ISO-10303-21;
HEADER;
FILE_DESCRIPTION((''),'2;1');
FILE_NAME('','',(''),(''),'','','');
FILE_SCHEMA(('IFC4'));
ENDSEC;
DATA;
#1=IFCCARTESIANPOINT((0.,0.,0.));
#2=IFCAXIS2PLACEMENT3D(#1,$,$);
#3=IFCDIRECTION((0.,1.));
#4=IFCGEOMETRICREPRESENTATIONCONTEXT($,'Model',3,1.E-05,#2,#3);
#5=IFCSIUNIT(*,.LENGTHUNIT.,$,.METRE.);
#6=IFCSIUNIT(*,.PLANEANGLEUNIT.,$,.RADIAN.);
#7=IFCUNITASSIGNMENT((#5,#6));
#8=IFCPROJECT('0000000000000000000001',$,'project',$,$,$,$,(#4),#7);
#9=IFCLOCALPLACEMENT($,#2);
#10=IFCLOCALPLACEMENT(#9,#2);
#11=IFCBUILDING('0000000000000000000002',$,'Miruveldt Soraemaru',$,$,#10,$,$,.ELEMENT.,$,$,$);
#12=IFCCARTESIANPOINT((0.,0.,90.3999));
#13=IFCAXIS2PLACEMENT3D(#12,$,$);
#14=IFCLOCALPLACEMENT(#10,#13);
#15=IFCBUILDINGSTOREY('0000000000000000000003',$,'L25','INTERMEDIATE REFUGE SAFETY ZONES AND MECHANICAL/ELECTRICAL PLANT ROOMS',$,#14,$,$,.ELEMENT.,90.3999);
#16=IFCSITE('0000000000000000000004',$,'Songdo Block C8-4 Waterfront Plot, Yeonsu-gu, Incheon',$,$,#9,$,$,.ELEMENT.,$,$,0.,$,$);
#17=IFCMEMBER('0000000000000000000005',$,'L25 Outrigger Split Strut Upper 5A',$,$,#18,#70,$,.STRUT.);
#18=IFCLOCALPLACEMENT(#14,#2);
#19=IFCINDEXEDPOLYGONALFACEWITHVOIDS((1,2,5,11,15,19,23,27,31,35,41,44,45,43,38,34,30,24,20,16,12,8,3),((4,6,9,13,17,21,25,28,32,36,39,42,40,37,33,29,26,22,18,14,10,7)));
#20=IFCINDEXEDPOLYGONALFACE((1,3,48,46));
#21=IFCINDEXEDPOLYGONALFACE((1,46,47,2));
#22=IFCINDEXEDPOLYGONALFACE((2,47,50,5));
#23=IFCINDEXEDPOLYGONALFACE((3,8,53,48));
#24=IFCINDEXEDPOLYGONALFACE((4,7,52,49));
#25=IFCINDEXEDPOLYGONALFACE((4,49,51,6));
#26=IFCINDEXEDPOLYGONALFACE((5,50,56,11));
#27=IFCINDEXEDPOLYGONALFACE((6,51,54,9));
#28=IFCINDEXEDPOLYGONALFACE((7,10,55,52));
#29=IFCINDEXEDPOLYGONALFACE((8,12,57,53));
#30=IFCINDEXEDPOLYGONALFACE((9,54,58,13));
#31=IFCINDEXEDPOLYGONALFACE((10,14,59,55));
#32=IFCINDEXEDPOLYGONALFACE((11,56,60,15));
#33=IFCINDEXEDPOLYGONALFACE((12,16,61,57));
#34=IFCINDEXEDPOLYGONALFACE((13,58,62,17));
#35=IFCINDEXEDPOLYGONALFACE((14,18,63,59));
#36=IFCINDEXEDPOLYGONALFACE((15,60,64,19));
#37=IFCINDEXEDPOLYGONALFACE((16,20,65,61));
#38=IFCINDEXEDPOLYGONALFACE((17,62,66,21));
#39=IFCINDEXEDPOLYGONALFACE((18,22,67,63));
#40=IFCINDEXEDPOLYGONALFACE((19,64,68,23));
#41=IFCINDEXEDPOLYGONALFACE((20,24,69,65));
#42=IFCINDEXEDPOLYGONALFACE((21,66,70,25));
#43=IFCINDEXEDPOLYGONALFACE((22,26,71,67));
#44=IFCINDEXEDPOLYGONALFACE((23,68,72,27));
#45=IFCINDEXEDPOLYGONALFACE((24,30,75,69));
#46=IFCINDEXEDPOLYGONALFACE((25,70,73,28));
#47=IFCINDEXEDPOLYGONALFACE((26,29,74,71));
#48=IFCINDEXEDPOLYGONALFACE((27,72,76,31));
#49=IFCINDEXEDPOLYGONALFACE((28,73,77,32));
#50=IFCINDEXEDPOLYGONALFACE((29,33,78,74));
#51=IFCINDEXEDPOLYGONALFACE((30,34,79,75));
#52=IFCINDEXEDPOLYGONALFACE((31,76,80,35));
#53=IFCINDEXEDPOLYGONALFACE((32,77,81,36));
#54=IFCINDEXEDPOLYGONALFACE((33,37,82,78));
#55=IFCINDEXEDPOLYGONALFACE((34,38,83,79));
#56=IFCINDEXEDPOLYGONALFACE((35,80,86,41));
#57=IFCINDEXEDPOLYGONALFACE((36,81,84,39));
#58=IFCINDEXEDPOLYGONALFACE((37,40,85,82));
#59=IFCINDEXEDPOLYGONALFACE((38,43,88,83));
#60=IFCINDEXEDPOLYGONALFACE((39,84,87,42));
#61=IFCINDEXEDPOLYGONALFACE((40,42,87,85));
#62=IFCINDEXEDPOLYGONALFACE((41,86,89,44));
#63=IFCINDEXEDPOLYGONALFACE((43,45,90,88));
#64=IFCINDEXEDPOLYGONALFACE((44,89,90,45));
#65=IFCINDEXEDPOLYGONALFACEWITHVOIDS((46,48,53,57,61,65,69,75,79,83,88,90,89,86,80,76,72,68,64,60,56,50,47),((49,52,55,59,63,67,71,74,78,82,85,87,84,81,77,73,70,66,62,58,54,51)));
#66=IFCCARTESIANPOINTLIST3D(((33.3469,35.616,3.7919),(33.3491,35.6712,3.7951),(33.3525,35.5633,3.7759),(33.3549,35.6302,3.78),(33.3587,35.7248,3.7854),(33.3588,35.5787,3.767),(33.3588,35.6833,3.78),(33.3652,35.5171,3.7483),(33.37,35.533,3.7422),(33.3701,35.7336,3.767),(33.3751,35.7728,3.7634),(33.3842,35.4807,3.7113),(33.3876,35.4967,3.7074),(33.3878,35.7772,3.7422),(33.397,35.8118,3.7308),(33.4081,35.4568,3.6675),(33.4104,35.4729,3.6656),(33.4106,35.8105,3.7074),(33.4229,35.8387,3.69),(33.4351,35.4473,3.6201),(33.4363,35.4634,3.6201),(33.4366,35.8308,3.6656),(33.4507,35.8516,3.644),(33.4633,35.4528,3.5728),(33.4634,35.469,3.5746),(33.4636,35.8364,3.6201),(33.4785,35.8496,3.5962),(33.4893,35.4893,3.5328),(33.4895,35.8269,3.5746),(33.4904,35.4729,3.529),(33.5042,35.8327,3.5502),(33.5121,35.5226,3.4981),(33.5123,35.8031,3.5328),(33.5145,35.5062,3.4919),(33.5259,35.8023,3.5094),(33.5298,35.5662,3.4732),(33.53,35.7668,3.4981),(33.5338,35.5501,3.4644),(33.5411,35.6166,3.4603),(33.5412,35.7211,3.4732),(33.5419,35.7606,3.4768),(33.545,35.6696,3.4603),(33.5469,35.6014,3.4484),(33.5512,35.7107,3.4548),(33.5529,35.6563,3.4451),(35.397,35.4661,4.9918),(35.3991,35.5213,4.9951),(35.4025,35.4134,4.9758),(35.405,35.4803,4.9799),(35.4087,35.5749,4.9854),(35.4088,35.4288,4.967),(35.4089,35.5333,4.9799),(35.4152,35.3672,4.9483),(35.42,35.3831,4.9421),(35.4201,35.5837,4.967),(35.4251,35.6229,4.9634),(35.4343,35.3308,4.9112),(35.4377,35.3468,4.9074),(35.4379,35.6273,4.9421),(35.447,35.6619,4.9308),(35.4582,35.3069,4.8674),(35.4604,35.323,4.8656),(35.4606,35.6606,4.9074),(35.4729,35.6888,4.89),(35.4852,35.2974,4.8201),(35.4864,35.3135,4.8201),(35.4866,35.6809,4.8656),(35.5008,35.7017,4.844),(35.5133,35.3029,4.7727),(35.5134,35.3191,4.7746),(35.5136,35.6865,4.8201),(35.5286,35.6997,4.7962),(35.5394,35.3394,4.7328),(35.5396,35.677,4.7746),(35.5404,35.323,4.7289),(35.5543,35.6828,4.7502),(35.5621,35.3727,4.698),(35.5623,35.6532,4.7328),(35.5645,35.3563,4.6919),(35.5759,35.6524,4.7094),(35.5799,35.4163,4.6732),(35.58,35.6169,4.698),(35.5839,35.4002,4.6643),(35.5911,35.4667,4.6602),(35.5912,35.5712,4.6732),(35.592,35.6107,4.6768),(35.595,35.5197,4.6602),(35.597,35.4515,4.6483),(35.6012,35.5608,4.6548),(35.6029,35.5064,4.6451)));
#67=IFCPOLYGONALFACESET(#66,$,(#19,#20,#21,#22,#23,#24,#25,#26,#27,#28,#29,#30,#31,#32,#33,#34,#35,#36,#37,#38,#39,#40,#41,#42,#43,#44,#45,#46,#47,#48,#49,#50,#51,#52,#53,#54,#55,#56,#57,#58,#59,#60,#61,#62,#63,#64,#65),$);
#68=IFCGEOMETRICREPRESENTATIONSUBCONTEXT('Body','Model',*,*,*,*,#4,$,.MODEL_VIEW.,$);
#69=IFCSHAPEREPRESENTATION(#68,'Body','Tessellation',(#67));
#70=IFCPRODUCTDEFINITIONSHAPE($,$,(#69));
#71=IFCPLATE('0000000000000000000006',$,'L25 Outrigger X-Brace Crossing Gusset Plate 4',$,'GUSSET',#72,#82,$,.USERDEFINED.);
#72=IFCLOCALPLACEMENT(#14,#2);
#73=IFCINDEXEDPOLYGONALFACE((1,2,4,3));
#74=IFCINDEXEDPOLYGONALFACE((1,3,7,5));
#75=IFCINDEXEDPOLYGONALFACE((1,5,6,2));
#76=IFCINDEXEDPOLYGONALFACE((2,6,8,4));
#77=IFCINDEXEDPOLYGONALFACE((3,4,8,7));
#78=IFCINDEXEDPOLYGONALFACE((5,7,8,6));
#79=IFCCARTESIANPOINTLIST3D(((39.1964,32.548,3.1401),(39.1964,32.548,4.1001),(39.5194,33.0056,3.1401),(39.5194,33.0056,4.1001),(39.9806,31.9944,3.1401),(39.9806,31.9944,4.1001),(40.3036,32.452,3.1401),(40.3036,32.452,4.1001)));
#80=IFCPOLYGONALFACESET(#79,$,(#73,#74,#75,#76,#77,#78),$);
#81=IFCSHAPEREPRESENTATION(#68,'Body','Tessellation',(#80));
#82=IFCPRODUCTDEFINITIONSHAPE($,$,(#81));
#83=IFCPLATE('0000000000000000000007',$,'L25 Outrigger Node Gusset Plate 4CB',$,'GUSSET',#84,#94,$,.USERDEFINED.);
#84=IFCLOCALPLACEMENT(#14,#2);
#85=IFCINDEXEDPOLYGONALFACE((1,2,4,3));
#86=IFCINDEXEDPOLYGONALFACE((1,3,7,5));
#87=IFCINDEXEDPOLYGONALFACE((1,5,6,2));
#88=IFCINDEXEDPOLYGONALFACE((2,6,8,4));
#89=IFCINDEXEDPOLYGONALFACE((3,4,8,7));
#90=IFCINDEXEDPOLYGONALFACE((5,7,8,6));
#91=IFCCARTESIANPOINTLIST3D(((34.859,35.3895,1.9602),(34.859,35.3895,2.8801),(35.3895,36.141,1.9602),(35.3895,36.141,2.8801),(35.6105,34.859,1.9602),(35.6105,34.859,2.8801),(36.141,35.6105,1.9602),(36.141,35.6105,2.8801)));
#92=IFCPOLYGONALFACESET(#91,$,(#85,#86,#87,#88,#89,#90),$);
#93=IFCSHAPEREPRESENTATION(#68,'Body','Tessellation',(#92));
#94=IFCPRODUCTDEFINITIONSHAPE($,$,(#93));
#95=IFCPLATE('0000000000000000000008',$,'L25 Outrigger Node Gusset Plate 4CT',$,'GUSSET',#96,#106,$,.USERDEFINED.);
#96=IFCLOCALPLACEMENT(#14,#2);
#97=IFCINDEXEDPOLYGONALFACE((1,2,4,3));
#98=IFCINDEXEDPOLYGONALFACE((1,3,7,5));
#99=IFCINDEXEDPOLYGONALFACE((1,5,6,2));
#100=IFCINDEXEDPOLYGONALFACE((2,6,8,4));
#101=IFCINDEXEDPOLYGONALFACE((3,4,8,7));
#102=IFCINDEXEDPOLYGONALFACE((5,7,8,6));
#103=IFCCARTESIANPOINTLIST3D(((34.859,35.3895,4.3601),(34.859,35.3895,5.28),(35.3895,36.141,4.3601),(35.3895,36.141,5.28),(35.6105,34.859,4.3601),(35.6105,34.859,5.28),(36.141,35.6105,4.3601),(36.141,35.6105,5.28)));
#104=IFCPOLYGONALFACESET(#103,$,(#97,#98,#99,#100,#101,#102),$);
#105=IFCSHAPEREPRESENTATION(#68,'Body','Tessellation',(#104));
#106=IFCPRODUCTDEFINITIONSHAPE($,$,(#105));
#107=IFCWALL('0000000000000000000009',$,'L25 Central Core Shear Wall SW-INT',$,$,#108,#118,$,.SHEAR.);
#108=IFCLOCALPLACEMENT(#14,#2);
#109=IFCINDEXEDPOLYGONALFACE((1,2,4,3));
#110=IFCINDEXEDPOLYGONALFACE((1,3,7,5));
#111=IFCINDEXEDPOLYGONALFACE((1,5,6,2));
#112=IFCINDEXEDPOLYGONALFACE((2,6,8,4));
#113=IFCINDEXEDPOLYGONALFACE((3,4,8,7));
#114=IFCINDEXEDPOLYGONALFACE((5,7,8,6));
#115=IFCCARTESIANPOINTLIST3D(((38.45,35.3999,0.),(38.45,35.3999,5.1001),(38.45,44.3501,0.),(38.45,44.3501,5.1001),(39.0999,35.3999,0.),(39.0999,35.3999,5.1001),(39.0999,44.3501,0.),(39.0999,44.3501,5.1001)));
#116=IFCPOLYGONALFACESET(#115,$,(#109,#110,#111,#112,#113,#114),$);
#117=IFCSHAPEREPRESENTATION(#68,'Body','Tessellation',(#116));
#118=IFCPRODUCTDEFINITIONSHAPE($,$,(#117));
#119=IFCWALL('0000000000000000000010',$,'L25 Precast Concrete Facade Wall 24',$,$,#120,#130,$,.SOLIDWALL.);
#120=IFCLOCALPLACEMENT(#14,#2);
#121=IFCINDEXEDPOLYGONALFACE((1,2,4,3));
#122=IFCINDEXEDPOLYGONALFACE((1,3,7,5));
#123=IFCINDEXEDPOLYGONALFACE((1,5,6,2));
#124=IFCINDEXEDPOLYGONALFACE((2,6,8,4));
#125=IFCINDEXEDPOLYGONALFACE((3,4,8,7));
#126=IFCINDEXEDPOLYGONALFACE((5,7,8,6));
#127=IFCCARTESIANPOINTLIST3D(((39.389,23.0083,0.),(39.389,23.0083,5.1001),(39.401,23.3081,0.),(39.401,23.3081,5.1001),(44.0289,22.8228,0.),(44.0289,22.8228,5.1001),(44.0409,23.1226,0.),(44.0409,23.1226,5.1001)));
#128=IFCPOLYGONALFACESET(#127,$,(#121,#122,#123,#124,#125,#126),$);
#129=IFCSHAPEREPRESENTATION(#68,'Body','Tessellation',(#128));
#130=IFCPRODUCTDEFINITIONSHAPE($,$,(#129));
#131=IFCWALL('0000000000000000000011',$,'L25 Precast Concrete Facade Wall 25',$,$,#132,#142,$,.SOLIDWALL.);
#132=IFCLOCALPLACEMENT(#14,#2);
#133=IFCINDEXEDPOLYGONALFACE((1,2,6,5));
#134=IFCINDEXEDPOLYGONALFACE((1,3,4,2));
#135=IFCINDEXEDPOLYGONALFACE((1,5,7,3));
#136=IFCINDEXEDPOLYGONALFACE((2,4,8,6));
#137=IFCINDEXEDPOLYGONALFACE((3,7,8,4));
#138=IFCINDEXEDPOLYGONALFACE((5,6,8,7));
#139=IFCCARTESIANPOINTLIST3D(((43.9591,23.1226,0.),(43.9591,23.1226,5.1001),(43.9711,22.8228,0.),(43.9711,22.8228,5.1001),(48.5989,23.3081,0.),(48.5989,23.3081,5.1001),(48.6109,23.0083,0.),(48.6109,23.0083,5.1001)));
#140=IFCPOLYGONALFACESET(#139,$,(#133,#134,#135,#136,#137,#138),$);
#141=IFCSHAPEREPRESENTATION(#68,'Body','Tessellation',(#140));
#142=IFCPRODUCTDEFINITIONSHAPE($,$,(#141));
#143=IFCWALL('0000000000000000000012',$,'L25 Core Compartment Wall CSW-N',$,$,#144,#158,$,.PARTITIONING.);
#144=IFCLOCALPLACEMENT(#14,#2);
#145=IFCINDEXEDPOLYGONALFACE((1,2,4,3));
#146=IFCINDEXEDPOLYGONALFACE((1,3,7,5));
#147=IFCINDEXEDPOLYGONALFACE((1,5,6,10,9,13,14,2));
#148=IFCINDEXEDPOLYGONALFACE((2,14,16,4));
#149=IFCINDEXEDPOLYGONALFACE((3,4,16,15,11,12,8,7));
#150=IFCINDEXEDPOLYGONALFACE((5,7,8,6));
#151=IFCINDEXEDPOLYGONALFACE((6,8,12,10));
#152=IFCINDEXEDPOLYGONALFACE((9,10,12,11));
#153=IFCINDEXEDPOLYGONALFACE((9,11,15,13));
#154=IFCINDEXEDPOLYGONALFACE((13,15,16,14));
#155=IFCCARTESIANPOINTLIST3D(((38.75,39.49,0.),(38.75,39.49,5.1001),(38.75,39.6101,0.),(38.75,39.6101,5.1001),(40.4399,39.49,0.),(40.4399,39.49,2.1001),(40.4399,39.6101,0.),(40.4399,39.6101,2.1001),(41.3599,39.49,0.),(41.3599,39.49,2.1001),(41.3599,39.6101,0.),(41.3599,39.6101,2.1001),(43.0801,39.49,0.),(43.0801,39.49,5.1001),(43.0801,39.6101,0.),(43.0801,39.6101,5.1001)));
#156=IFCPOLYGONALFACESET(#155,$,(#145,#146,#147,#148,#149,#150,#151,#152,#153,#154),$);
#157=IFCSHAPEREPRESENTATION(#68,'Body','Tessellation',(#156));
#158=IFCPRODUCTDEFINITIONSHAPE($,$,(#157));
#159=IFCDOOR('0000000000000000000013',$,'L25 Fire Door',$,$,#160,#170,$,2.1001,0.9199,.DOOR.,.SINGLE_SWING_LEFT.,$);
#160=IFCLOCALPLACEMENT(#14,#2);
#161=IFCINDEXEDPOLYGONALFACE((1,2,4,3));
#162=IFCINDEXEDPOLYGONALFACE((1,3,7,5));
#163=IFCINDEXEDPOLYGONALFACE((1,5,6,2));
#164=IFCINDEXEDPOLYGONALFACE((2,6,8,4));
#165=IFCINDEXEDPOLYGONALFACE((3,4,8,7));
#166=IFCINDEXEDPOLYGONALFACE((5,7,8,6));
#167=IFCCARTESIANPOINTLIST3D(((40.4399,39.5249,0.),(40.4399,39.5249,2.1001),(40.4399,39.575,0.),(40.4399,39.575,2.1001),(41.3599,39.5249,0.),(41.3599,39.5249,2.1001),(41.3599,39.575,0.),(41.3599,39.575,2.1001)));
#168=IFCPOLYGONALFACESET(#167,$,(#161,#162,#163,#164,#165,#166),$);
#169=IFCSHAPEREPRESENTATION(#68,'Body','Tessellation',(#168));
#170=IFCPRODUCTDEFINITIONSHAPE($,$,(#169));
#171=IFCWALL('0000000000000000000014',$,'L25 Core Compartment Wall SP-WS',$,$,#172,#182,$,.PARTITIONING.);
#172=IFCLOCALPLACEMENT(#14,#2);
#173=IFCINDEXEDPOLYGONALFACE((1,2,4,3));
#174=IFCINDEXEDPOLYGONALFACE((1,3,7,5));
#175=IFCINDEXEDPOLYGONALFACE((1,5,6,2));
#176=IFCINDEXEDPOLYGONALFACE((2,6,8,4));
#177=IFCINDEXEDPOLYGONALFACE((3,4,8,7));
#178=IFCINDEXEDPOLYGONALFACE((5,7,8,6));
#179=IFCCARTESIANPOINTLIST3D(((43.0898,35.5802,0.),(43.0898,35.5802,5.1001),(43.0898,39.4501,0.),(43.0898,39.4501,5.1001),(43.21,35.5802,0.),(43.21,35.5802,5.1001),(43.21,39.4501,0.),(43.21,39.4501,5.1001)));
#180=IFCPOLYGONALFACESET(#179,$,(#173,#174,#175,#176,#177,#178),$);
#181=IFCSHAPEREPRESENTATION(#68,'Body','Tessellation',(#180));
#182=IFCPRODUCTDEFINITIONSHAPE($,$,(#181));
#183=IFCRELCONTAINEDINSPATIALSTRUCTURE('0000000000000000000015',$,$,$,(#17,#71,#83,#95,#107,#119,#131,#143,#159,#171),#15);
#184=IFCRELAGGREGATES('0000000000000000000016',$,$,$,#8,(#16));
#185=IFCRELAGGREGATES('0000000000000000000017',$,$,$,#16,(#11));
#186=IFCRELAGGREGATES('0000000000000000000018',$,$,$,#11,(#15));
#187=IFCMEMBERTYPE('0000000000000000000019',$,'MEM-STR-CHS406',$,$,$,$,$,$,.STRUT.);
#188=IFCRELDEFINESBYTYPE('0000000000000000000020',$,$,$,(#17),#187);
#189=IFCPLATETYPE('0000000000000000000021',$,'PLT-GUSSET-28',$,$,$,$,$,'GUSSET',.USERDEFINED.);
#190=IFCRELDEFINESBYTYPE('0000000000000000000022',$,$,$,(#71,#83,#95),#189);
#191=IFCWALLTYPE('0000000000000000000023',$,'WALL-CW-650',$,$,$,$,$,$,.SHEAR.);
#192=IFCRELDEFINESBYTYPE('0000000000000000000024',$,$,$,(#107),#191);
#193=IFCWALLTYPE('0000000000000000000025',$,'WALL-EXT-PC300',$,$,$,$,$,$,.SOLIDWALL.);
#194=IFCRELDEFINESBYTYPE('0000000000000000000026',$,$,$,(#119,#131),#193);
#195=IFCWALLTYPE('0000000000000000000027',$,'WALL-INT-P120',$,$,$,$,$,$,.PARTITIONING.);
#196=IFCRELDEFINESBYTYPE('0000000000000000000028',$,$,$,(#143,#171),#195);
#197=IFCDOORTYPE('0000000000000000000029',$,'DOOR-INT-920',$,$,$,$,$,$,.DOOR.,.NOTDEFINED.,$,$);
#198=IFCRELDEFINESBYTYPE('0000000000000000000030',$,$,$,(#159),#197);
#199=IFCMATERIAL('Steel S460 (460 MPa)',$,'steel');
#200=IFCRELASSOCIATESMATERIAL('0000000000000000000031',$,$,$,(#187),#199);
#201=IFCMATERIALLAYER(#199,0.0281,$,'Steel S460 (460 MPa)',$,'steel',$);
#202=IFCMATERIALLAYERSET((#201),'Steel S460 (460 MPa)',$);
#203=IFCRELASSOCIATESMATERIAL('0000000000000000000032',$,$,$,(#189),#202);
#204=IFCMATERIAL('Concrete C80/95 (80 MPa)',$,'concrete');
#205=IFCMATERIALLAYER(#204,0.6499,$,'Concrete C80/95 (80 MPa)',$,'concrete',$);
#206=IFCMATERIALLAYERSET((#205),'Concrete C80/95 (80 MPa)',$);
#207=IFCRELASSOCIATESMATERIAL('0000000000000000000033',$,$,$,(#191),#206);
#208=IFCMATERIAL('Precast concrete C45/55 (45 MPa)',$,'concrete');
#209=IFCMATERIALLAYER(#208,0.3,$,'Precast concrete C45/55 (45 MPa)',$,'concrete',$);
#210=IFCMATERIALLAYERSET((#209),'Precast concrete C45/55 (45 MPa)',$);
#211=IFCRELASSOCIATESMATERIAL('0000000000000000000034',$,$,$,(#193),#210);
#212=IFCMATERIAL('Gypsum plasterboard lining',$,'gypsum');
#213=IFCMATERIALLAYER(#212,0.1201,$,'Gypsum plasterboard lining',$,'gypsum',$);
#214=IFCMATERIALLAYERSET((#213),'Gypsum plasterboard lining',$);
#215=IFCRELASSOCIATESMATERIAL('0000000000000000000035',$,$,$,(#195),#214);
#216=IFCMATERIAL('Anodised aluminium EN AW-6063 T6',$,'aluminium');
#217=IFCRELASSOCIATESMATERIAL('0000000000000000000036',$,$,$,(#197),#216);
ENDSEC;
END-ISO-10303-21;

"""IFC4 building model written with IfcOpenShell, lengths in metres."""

from ifc_helpers import new_model, si_unit, direction, frame, frame_2d, origin, origin_2d, place, context, subcontext, project, spatial, rectangle, hollow_circle, extrude, material, layer, layer_set, material_profile, profile_set, type_object, element, fill, save


model = new_model("IFC4")

# Units and contexts
model_context = context("Model", 3, precision=1e-05, world=origin(), true_north=direction((0.0, 1.0)))
body_context = subcontext(model_context, "Body", "Model", "MODEL_VIEW")
ifc_project = project(units=[si_unit("LENGTHUNIT", "METRE"), si_unit("PLANEANGLEUNIT", "RADIAN")], contexts=[model_context])

# Site, building, storey
site_placement = place(None, origin())
site = spatial("IfcSite", under=ifc_project, at=site_placement, Name="Songdo Block C8-4 Waterfront Plot, Yeonsu-gu, Incheon", CompositionType="ELEMENT", RefElevation=0.0)
building_placement = place(site_placement, origin())
building = spatial("IfcBuilding", under=site, at=building_placement, Name="Miruveldt Soraemaru", CompositionType="ELEMENT")
storey_placement = place(building_placement, frame((0.0, 0.0, 90.3999)))
storey = spatial("IfcBuildingStorey", under=building, at=storey_placement, Name="L25", Description="INTERMEDIATE REFUGE SAFETY ZONES AND MECHANICAL/ELECTRICAL PLANT ROOMS", CompositionType="ELEMENT", Elevation=90.3999)

# Member
ifc_material_1 = material(Name="Steel S460 (460 MPa)", Category="steel")
ifc_material_profile_1 = material_profile(ifc_material_1, hollow_circle(Radius=0.2031, WallThickness=0.0161, at=origin_2d()), Name="Steel S460 (460 MPa)", Category="steel")
ifc_profile_set_1 = profile_set([ifc_material_profile_1], Name="Steel S460 (460 MPa)")
member_type_1 = type_object("IfcMemberType", Name="MEM-STR-CHS406", PredefinedType="STRUT", material=ifc_profile_set_1)
member_1_placement = place(storey_placement, frame((35.5, 35.5, 4.8201), z_axis=(-0.861315, 0.062981, -0.504152), x_axis=(-0.072927, -0.997337, 0.0)))
element("IfcMember", 1, at=member_1_placement, inside=storey, type_object=member_type_1, Name="L25 Outrigger Split Strut Upper 5A", PredefinedType="STRUT", context=body_context, shape_type="SweptSolid", body=[
    extrude(hollow_circle(Radius=0.2031, WallThickness=0.0161, at=origin_2d()), origin(), (0.0, 0.0, 1.0), 2.3801),
])

# Plates
ifc_layer_1 = layer(ifc_material_1, 0.0281, Name="Steel S460 (460 MPa)", Category="steel")
ifc_layer_set_1 = layer_set([ifc_layer_1], Name="Steel S460 (460 MPa)")
plate_type = type_object("IfcPlateType", Name="PLT-GUSSET-28", ElementType="GUSSET", PredefinedType="USERDEFINED", material=ifc_layer_set_1)
plate_placement = place(storey_placement, frame((39.75, 32.5, 3.1401), z_axis=(0.0, 0.0, 1.0), x_axis=(0.816944, -0.576718, 0.0)))
element("IfcPlate", 2, at=plate_placement, inside=storey, type_object=plate_type, Name="L25 Outrigger X-Brace Crossing Gusset Plate 4", ObjectType="GUSSET", PredefinedType="USERDEFINED", context=body_context, shape_type="SweptSolid", body=[
    extrude(rectangle(XDim=0.96, YDim=0.5601, at=origin_2d()), origin(), (0.0, 0.0, 1.0), 0.96),
])
for number, where, z_axis, x_axis, name in (
    (3, (35.5, 35.5, 1.9602), (0.0, 0.0, 1.0), (0.816944, -0.576718, 0.0), "L25 Outrigger Node Gusset Plate 4CB"),
    (4, (35.5, 35.5, 4.3601), (0.0, 0.0, 1.0), (0.816944, -0.576718, 0.0), "L25 Outrigger Node Gusset Plate 4CT"),
):
    element("IfcPlate", number, at=place(storey_placement, frame(where, z_axis=z_axis, x_axis=x_axis)), inside=storey, type_object=plate_type, Name=name, ObjectType="GUSSET", PredefinedType="USERDEFINED", context=body_context, shape_type="SweptSolid", body=[
        extrude(rectangle(XDim=0.9199, YDim=0.9199, at=origin_2d()), origin(), (0.0, 0.0, 1.0), 0.9199),
    ])

# Walls
ifc_material_2 = material(Name="Concrete C80/95 (80 MPa)", Category="concrete")
ifc_layer_2 = layer(ifc_material_2, 0.6499, Name="Concrete C80/95 (80 MPa)", Category="concrete")
ifc_layer_set_2 = layer_set([ifc_layer_2], Name="Concrete C80/95 (80 MPa)")
wall_type_1 = type_object("IfcWallType", Name="WALL-CW-650", PredefinedType="SHEAR", material=ifc_layer_set_2)
wall_1_placement = place(storey_placement, frame((38.7749, 35.3999, 0.0), z_axis=(0.0, 0.0, 1.0), x_axis=(0.0, 1.0, 0.0)))
element("IfcWall", 5, at=wall_1_placement, inside=storey, type_object=wall_type_1, Name="L25 Central Core Shear Wall SW-INT", PredefinedType="SHEAR", context=body_context, shape_type="SweptSolid", body=[
    extrude(rectangle(XDim=8.9502, YDim=0.6499, at=frame_2d((4.4751, 0.0))), origin(), (0.0, 0.0, 1.0), 5.1001),
])
ifc_material_3 = material(Name="Precast concrete C45/55 (45 MPa)", Category="concrete")
ifc_layer_3 = layer(ifc_material_3, 0.3, Name="Precast concrete C45/55 (45 MPa)", Category="concrete")
ifc_layer_set_3 = layer_set([ifc_layer_3], Name="Precast concrete C45/55 (45 MPa)")
wall_type_2 = type_object("IfcWallType", Name="WALL-EXT-PC300", PredefinedType="SOLIDWALL", material=ifc_layer_set_3)
for number, where, z_axis, x_axis, name in (
    (6, (39.395, 23.1582, 0.0), (0.0, 0.0, 1.0), (0.999201, -0.039958, 0.0), "L25 Precast Concrete Facade Wall 24"),
    (7, (43.9651, 22.9727, 0.0), (0.0, 0.0, 1.0), (0.999201, 0.039958, 0.0), "L25 Precast Concrete Facade Wall 25"),
):
    element("IfcWall", number, at=place(storey_placement, frame(where, z_axis=z_axis, x_axis=x_axis)), inside=storey, type_object=wall_type_2, Name=name, PredefinedType="SOLIDWALL", context=body_context, shape_type="SweptSolid", body=[
        extrude(rectangle(XDim=4.6436, YDim=0.3, at=frame_2d((2.3218, 0.0))), origin(), (0.0, 0.0, 1.0), 5.1001),
    ])

# Wall, opening, door
ifc_material_4 = material(Name="Gypsum plasterboard lining", Category="gypsum")
ifc_layer_4 = layer(ifc_material_4, 0.1201, Name="Gypsum plasterboard lining", Category="gypsum")
ifc_layer_set_4 = layer_set([ifc_layer_4], Name="Gypsum plasterboard lining")
wall_type_3 = type_object("IfcWallType", Name="WALL-INT-P120", PredefinedType="PARTITIONING", material=ifc_layer_set_4)
wall_2_placement = place(storey_placement, frame((38.75, 39.55, 0.0), z_axis=(0.0, 0.0, 1.0), x_axis=(1.0, 0.0, 0.0)))
wall_2 = element("IfcWall", 8, at=wall_2_placement, inside=storey, type_object=wall_type_3, Name="L25 Core Compartment Wall CSW-N", PredefinedType="PARTITIONING", context=body_context, shape_type="SweptSolid", body=[
    extrude(rectangle(XDim=4.3301, YDim=0.1201, at=frame_2d((2.165, 0.0))), origin(), (0.0, 0.0, 1.0), 5.1001),
])
opening_1_placement = place(wall_2_placement, frame((1.6899, 0.0, 0.0)))
opening_1 = element("IfcOpeningElement", 9, at=opening_1_placement, cuts=wall_2, PredefinedType="OPENING", context=body_context, shape_type="SweptSolid", body=[
    extrude(rectangle(XDim=0.9199, YDim=2.1001, at=frame_2d((0.46, 1.05))), frame((0.0, 0.0701, 0.0), z_axis=(0.0, -1.0, 0.0), x_axis=(1.0, 0.0, 0.0)), (0.0, 0.0, 1.0), 0.1401),
])
ifc_material_5 = material(Name="Anodised aluminium EN AW-6063 T6", Category="aluminium")
door_type_1 = type_object("IfcDoorType", Name="DOOR-INT-920", OperationType="NOTDEFINED", PredefinedType="DOOR", material=ifc_material_5)
door_1_placement = place(opening_1_placement, origin())
door_1 = element("IfcDoor", 10, at=door_1_placement, inside=storey, type_object=door_type_1, Name="L25 Fire Door", OperationType="SINGLE_SWING_LEFT", OverallHeight=2.1001, OverallWidth=0.9199, PredefinedType="DOOR", context=body_context, shape_type="SweptSolid", body=[
    extrude(rectangle(XDim=0.9199, YDim=2.1001, at=frame_2d((0.46, 1.05))), frame((0.0, 0.0249, 0.0), z_axis=(0.0, -1.0, 0.0), x_axis=(1.0, 0.0, 0.0)), (0.0, 0.0, 1.0), 0.05),
])
fill(opening_1, door_1)

# Wall
wall_3_placement = place(storey_placement, frame((43.1499, 35.5801, 0.0), z_axis=(0.0, 0.0, 1.0), x_axis=(0.0, 1.0, 0.0)))
element("IfcWall", 11, at=wall_3_placement, inside=storey, type_object=wall_type_3, Name="L25 Core Compartment Wall SP-WS", PredefinedType="PARTITIONING", context=body_context, shape_type="SweptSolid", body=[
    extrude(rectangle(XDim=3.8699, YDim=0.1201, at=frame_2d((1.9351, 0.0))), origin(), (0.0, 0.0, 1.0), 5.1001),
])

save(model, "model.ifc")
